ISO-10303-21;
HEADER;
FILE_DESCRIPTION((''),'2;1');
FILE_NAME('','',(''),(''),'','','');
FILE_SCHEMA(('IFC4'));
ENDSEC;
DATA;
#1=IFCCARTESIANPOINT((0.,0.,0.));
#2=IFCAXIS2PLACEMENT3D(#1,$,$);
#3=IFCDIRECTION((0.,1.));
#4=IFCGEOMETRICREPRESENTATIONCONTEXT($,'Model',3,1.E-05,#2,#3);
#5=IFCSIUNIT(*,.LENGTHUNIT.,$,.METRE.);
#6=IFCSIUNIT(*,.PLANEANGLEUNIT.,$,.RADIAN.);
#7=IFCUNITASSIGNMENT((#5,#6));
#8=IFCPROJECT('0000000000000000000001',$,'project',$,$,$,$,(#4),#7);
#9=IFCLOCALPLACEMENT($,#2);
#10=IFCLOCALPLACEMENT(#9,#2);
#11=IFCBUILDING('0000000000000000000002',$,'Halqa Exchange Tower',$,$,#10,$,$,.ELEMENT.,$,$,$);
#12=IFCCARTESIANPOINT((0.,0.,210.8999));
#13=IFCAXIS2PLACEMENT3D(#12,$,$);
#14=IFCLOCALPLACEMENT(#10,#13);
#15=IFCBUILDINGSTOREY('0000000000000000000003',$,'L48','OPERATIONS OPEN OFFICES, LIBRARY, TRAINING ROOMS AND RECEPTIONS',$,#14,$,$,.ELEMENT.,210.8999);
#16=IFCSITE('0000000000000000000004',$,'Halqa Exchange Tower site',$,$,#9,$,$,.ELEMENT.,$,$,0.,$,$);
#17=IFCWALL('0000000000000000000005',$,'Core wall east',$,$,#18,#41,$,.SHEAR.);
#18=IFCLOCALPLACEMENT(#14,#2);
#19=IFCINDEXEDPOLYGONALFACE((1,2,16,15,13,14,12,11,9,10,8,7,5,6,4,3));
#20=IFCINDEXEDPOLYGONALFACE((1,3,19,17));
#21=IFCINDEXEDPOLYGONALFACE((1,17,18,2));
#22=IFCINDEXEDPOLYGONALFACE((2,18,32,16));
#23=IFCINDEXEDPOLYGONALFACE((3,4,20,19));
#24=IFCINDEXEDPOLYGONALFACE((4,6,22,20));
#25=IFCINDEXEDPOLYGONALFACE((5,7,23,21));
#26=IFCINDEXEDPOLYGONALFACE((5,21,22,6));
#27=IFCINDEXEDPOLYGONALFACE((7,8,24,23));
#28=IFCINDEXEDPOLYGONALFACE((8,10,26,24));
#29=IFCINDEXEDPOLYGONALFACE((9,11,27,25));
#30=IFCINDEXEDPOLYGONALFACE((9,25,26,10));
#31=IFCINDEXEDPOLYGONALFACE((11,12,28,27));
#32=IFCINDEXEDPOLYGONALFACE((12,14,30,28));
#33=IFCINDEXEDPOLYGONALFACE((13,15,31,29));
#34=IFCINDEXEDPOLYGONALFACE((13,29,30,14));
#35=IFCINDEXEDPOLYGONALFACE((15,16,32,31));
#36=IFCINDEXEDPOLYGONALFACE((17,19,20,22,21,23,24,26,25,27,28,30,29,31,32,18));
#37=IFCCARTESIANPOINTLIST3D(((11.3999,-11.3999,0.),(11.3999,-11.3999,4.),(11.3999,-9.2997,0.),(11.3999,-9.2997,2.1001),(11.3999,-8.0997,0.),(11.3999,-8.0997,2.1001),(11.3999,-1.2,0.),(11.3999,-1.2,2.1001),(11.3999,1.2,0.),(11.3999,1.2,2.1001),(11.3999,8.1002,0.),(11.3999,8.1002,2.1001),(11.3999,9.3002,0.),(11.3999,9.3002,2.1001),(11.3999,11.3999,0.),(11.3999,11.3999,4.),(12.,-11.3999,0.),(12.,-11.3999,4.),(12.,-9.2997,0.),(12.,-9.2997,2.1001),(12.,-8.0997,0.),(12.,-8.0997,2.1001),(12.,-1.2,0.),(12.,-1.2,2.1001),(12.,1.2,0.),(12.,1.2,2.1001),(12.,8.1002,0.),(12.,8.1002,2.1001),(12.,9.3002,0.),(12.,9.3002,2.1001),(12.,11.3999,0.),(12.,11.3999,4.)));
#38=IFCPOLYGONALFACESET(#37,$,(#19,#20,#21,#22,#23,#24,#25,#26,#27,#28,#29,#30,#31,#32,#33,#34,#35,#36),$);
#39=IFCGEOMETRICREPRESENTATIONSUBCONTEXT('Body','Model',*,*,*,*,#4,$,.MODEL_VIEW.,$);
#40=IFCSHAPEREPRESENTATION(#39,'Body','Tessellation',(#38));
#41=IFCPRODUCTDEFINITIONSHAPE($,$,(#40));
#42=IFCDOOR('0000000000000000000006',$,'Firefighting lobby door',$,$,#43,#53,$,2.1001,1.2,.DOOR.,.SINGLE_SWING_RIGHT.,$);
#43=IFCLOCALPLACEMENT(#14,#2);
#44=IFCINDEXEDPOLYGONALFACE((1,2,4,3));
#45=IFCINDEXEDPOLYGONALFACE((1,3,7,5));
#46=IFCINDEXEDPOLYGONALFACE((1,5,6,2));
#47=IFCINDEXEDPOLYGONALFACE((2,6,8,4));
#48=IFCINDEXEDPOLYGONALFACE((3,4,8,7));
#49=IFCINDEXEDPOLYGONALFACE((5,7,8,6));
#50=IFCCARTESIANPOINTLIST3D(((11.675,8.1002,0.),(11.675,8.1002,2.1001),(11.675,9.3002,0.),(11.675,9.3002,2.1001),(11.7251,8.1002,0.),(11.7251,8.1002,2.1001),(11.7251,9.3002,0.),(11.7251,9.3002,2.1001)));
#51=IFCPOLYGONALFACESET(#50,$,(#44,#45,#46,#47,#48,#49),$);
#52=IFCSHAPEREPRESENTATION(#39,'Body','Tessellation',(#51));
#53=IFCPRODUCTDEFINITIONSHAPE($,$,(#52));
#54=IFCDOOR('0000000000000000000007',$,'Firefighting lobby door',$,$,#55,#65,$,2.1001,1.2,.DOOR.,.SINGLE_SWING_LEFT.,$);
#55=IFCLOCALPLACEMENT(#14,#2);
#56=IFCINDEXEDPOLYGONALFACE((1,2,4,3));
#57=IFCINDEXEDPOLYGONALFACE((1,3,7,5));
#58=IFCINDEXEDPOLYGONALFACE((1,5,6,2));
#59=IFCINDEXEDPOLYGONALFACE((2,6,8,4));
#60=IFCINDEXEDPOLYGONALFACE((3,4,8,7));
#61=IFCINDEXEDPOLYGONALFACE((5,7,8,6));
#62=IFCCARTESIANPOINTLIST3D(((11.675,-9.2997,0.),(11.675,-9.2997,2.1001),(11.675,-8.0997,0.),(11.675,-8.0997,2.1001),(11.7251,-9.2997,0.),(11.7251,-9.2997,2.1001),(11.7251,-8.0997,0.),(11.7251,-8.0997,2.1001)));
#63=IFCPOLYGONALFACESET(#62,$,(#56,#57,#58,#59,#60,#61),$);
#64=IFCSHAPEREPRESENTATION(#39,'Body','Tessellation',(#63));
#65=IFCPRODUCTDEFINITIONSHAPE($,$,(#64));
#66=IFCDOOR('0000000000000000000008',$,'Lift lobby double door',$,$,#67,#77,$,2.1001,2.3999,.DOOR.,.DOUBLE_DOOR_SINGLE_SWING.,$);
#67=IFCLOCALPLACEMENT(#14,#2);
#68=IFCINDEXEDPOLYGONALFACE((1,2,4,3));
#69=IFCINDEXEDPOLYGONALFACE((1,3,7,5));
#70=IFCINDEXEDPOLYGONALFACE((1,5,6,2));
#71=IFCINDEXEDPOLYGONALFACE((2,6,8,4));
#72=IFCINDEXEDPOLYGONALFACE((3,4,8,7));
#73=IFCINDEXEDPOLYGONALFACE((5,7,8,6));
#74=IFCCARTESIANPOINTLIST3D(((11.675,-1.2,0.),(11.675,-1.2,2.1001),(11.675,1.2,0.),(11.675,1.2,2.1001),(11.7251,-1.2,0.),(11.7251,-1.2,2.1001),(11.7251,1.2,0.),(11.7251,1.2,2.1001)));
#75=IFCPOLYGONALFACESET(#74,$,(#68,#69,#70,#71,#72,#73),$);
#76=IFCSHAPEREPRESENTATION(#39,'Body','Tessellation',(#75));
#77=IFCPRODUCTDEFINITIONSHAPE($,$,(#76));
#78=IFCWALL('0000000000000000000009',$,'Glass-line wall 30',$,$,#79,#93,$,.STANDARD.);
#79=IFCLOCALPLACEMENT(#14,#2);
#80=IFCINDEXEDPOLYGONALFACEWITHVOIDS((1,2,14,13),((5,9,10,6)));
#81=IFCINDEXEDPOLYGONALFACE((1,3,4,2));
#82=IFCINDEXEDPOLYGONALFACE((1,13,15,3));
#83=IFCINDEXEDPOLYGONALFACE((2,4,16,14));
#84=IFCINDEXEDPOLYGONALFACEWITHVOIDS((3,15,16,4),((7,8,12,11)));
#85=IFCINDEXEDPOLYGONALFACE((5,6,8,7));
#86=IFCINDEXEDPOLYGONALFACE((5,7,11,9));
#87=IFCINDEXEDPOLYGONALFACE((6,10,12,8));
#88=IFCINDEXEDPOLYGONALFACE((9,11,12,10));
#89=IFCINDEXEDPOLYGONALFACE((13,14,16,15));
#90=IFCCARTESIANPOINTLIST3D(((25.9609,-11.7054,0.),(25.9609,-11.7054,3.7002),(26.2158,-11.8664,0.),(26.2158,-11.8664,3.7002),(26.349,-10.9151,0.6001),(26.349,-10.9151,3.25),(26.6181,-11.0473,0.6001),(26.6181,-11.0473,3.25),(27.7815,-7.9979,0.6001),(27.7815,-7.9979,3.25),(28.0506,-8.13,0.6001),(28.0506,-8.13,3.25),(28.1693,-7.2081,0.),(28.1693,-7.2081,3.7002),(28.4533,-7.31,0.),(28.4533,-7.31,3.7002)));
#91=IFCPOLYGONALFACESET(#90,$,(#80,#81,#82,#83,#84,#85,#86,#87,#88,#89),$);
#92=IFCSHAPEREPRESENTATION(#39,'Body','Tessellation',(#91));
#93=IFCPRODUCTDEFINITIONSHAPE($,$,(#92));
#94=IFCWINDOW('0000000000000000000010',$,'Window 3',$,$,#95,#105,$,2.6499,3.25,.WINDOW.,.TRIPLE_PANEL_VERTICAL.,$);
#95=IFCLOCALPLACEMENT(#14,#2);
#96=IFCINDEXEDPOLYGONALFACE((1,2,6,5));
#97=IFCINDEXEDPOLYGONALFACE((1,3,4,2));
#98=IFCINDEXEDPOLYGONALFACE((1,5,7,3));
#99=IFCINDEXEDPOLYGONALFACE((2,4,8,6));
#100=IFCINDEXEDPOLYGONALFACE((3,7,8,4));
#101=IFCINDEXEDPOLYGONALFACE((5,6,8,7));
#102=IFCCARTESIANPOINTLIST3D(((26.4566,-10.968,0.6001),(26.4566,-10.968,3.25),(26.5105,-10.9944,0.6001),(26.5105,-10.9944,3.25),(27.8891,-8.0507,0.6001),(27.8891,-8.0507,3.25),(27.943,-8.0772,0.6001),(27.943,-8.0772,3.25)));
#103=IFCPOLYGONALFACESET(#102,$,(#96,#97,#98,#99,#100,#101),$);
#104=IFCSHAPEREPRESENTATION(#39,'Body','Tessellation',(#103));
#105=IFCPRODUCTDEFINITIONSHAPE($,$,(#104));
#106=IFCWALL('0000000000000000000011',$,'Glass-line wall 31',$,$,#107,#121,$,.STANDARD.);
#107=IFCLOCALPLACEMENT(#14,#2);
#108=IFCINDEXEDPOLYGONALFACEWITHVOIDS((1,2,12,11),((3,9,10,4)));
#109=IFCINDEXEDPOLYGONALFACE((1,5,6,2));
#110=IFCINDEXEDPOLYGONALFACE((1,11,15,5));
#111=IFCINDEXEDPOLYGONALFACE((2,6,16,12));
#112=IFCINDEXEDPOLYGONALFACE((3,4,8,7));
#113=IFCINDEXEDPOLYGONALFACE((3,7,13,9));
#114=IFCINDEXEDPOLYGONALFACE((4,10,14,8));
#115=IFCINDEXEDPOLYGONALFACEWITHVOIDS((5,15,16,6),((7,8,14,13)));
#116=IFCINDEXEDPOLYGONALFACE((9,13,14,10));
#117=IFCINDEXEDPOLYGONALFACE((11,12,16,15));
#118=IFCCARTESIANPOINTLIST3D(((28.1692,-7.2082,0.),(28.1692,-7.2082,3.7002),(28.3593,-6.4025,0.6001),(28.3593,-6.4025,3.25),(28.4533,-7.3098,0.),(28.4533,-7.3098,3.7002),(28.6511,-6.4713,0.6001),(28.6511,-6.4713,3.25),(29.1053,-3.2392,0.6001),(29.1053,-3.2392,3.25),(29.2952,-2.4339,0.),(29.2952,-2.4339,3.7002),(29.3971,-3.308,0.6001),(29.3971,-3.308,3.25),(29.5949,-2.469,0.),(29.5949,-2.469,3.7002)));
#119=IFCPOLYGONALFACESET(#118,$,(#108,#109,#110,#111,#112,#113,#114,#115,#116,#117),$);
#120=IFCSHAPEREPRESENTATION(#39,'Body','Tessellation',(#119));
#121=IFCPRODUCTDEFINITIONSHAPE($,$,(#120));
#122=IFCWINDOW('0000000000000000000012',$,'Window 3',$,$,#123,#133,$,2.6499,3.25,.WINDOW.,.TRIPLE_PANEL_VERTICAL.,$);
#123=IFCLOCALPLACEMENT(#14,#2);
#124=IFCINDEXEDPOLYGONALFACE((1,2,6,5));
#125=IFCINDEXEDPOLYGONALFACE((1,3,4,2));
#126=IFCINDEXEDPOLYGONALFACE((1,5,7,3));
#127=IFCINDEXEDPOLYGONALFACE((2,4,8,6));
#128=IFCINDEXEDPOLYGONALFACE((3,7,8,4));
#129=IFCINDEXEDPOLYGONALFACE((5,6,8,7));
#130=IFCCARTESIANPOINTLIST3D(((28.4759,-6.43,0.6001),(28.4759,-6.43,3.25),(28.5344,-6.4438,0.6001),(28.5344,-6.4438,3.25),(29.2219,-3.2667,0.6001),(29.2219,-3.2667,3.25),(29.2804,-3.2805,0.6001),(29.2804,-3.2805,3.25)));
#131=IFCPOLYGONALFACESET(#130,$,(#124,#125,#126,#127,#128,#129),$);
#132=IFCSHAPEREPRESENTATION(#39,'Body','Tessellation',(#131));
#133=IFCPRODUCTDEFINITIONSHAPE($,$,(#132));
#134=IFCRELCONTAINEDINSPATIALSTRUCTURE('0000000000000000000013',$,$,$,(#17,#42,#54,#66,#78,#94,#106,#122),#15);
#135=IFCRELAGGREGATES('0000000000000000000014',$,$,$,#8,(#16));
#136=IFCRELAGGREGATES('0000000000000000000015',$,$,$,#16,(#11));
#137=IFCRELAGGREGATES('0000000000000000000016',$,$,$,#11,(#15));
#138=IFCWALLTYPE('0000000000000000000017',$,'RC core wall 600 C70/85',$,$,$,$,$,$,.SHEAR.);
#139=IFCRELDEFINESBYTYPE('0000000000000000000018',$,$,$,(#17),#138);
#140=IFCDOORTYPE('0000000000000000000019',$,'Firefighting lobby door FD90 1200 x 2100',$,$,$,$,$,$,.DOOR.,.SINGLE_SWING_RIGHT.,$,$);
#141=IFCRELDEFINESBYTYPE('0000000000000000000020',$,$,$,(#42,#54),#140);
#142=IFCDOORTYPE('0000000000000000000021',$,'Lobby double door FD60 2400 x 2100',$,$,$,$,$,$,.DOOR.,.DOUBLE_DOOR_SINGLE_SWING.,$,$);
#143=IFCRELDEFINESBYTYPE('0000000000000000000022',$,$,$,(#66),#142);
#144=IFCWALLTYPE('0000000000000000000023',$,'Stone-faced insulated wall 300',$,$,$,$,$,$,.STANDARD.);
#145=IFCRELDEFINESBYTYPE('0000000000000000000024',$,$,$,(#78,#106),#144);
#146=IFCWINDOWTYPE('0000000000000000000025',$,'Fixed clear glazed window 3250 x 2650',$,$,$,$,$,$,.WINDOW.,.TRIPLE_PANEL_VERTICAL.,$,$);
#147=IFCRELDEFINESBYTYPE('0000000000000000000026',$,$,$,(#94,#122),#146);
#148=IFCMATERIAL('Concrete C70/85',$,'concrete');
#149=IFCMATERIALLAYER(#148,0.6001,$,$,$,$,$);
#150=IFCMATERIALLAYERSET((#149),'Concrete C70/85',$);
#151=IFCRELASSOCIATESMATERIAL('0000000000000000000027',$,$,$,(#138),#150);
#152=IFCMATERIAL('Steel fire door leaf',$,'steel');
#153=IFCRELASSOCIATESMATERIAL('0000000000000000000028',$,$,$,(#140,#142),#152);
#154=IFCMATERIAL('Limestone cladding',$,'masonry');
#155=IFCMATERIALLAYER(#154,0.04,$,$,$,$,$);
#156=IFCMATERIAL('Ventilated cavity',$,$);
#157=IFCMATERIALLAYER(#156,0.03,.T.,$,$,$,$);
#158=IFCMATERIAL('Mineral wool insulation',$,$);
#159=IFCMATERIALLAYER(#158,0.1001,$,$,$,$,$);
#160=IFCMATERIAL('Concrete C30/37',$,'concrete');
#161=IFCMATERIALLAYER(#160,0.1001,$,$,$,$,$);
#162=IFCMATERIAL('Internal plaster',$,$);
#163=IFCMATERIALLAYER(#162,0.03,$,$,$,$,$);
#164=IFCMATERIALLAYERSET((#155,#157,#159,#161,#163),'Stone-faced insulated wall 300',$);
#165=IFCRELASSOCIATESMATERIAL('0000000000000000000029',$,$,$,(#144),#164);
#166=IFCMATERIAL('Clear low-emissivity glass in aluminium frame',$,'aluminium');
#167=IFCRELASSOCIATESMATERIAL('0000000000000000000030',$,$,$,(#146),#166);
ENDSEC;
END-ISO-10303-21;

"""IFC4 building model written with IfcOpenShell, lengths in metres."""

from ifc_helpers import new_model, si_unit, direction, frame, frame_2d, origin, place, context, subcontext, project, spatial, polyline, rectangle, outline, extrude, material, layer, layer_set, type_object, element, fill, save


model = new_model("IFC4")

# Units and contexts
model_context = context("Model", 3, precision=1e-05, world=origin(), true_north=direction((0.0, 1.0)))
body_context = subcontext(model_context, "Body", "Model", "MODEL_VIEW")
ifc_project = project(units=[si_unit("LENGTHUNIT", "METRE"), si_unit("PLANEANGLEUNIT", "RADIAN")], contexts=[model_context])

# Site, building, storey
site_placement = place(None, origin())
site = spatial("IfcSite", under=ifc_project, at=site_placement, Name="Halqa Exchange Tower site", CompositionType="ELEMENT", RefElevation=0.0)
building_placement = place(site_placement, origin())
building = spatial("IfcBuilding", under=site, at=building_placement, Name="Halqa Exchange Tower", CompositionType="ELEMENT")
storey_placement = place(building_placement, frame((0.0, 0.0, 210.8999)))
storey = spatial("IfcBuildingStorey", under=building, at=storey_placement, Name="L48", Description="OPERATIONS OPEN OFFICES, LIBRARY, TRAINING ROOMS AND RECEPTIONS", CompositionType="ELEMENT", Elevation=210.8999)

# Shared definitions
ifc_material_1 = material(Name="Steel fire door leaf", Category="steel")

# Wall, openings, doors
ifc_material_2 = material(Name="Concrete C70/85", Category="concrete")
ifc_layer_1 = layer(ifc_material_2, 0.6001)
ifc_layer_set_1 = layer_set([ifc_layer_1], Name="Concrete C70/85")
wall_type_1 = type_object("IfcWallType", Name="RC core wall 600 C70/85", PredefinedType="SHEAR", material=ifc_layer_set_1)
wall_1_placement = place(storey_placement, frame((11.7, -11.3999, 0.0), z_axis=(0.0, 0.0, 1.0), x_axis=(0.0, 1.0, 0.0)))
wall_1 = element("IfcWall", 1, at=wall_1_placement, inside=storey, type_object=wall_type_1, Name="Core wall east", PredefinedType="SHEAR", context=body_context, shape_type="SweptSolid", body=[
    extrude(rectangle(XDim=22.7998, YDim=0.6001, at=frame_2d((11.3999, 0.0))), origin(), (0.0, 0.0, 1.0), 4.0),
])
opening_1_placement = place(wall_1_placement, frame((10.2, 0.0, 0.0)))
opening_1 = element("IfcOpeningElement", 2, at=opening_1_placement, cuts=wall_1, PredefinedType="OPENING", context=body_context, shape_type="SweptSolid", body=[
    extrude(rectangle(XDim=2.3999, YDim=2.1001, at=frame_2d((1.2, 1.05))), frame((0.0, 0.312, 0.0), z_axis=(0.0, -1.0, 0.0), x_axis=(1.0, 0.0, 0.0)), (0.0, 0.0, 1.0), 0.624),
])
opening_2_placement = place(wall_1_placement, frame((19.5, 0.0, 0.0)))
opening_2 = element("IfcOpeningElement", 3, at=opening_2_placement, cuts=wall_1, PredefinedType="OPENING", context=body_context, shape_type="SweptSolid", body=[
    extrude(rectangle(XDim=1.2, YDim=2.1001, at=frame_2d((0.6001, 1.05))), frame((0.0, 0.312, 0.0), z_axis=(0.0, -1.0, 0.0), x_axis=(1.0, 0.0, 0.0)), (0.0, 0.0, 1.0), 0.624),
])
opening_3_placement = place(wall_1_placement, frame((2.1001, 0.0, 0.0)))
opening_3 = element("IfcOpeningElement", 4, at=opening_3_placement, cuts=wall_1, PredefinedType="OPENING", context=body_context, shape_type="SweptSolid", body=[
    extrude(rectangle(XDim=1.2, YDim=2.1001, at=frame_2d((0.6001, 1.05))), frame((0.0, 0.312, 0.0), z_axis=(0.0, -1.0, 0.0), x_axis=(1.0, 0.0, 0.0)), (0.0, 0.0, 1.0), 0.624),
])
door_type_1 = type_object("IfcDoorType", Name="Firefighting lobby door FD90 1200 x 2100", OperationType="SINGLE_SWING_RIGHT", PredefinedType="DOOR", material=ifc_material_1)
door_1_placement = place(opening_2_placement, origin())
door_1 = element("IfcDoor", 5, at=door_1_placement, inside=storey, type_object=door_type_1, Name="Firefighting lobby door", OperationType="SINGLE_SWING_RIGHT", OverallHeight=2.1001, OverallWidth=1.2, PredefinedType="DOOR", context=body_context, shape_type="SweptSolid", body=[
    extrude(rectangle(XDim=1.2, YDim=2.1001, at=frame_2d((0.6001, 1.05))), frame((0.0, 0.0249, 0.0), z_axis=(0.0, -1.0, 0.0), x_axis=(1.0, 0.0, 0.0)), (0.0, 0.0, 1.0), 0.05),
])
fill(opening_2, door_1)
door_2_placement = place(opening_3_placement, origin())
door_2 = element("IfcDoor", 6, at=door_2_placement, inside=storey, type_object=door_type_1, Name="Firefighting lobby door", OperationType="SINGLE_SWING_LEFT", OverallHeight=2.1001, OverallWidth=1.2, PredefinedType="DOOR", context=body_context, shape_type="SweptSolid", body=[
    extrude(rectangle(XDim=1.2, YDim=2.1001, at=frame_2d((0.6001, 1.05))), frame((0.0, 0.0249, 0.0), z_axis=(0.0, -1.0, 0.0), x_axis=(1.0, 0.0, 0.0)), (0.0, 0.0, 1.0), 0.05),
])
fill(opening_3, door_2)
door_type_2 = type_object("IfcDoorType", Name="Lobby double door FD60 2400 x 2100", OperationType="DOUBLE_DOOR_SINGLE_SWING", PredefinedType="DOOR", material=ifc_material_1)
door_3_placement = place(opening_1_placement, origin())
door_3 = element("IfcDoor", 7, at=door_3_placement, inside=storey, type_object=door_type_2, Name="Lift lobby double door", OperationType="DOUBLE_DOOR_SINGLE_SWING", OverallHeight=2.1001, OverallWidth=2.3999, PredefinedType="DOOR", context=body_context, shape_type="SweptSolid", body=[
    extrude(rectangle(XDim=2.3999, YDim=2.1001, at=frame_2d((1.2, 1.05))), frame((0.0, 0.0249, 0.0), z_axis=(0.0, -1.0, 0.0), x_axis=(1.0, 0.0, 0.0)), (0.0, 0.0, 1.0), 0.05),
])
fill(opening_1, door_3)

# Walls, openings, windows
ifc_material_3 = material(Name="Limestone cladding", Category="masonry")
ifc_layer_2 = layer(ifc_material_3, 0.04)
ifc_material_4 = material(Name="Ventilated cavity")
ifc_layer_3 = layer(ifc_material_4, 0.03, ventilated=True)
ifc_material_5 = material(Name="Mineral wool insulation")
ifc_layer_4 = layer(ifc_material_5, 0.1001)
ifc_material_6 = material(Name="Concrete C30/37", Category="concrete")
ifc_layer_5 = layer(ifc_material_6, 0.1001)
ifc_material_7 = material(Name="Internal plaster")
ifc_layer_6 = layer(ifc_material_7, 0.03)
ifc_layer_set_2 = layer_set([ifc_layer_2, ifc_layer_3, ifc_layer_4, ifc_layer_5, ifc_layer_6], Name="Stone-faced insulated wall 300")
wall_type_2 = type_object("IfcWallType", Name="Stone-faced insulated wall 300", PredefinedType="STANDARD", material=ifc_layer_set_2)
wall_2_placement = place(storey_placement, frame((26.0884, -11.7859, 0.0), z_axis=(0.0, 0.0, 1.0), x_axis=(0.440773, 0.897619, 0.0)))
wall_2 = element("IfcWall", 8, at=wall_2_placement, inside=storey, type_object=wall_type_2, Name="Glass-line wall 30", PredefinedType="STANDARD", context=body_context, shape_type="SweptSolid", body=[
    extrude(outline(polyline([(-0.0161, -0.1499), (5.0601, -0.1499), (5.0264, 0.1499), (0.0161, 0.1499), (-0.0161, -0.1499)])), origin(), (0.0, 0.0, 1.0), 3.7002),
])
opening_4_placement = place(wall_2_placement, frame((0.8965, 0.0, 0.6001)))
opening_4 = element("IfcOpeningElement", 9, at=opening_4_placement, cuts=wall_2, PredefinedType="OPENING", context=body_context, shape_type="SweptSolid", body=[
    extrude(rectangle(XDim=3.25, YDim=2.6499, at=frame_2d((1.625, 1.325))), frame((0.0, 0.1621, 0.0), z_axis=(0.0, -1.0, 0.0), x_axis=(1.0, 0.0, 0.0)), (0.0, 0.0, 1.0), 0.324),
])
ifc_material_8 = material(Name="Clear low-emissivity glass in aluminium frame", Category="aluminium")
window_type = type_object("IfcWindowType", Name="Fixed clear glazed window 3250 x 2650", PartitioningType="TRIPLE_PANEL_VERTICAL", PredefinedType="WINDOW", material=ifc_material_8)
window_1_placement = place(opening_4_placement, origin())
window_1 = element("IfcWindow", 10, at=window_1_placement, inside=storey, type_object=window_type, Name="Window 3", OverallHeight=2.6499, OverallWidth=3.25, PartitioningType="TRIPLE_PANEL_VERTICAL", PredefinedType="WINDOW", context=body_context, shape_type="SweptSolid", body=[
    extrude(rectangle(XDim=3.25, YDim=2.6499, at=frame_2d((1.625, 1.325))), frame((0.0, 0.03, 0.0), z_axis=(0.0, -1.0, 0.0), x_axis=(1.0, 0.0, 0.0)), (0.0, 0.0, 1.0), 0.0601),
])
fill(opening_4, window_1)
wall_3_placement = place(storey_placement, frame((28.3113, -7.259, 0.0), z_axis=(0.0, 0.0, 1.0), x_axis=(0.229535, 0.9733, 0.0)))
wall_3 = element("IfcWall", 11, at=wall_3_placement, inside=storey, type_object=wall_type_2, Name="Glass-line wall 31", PredefinedType="STANDARD", context=body_context, shape_type="SweptSolid", body=[
    extrude(outline(polyline([(-0.0168, -0.1499), (4.9568, -0.1499), (4.9221, 0.1499), (0.0168, 0.1499), (-0.0168, -0.1499)])), origin(), (0.0, 0.0, 1.0), 3.7002),
])
opening_5_placement = place(wall_3_placement, frame((0.8447, 0.0, 0.6001)))
opening_5 = element("IfcOpeningElement", 12, at=opening_5_placement, cuts=wall_3, PredefinedType="OPENING", context=body_context, shape_type="SweptSolid", body=[
    extrude(rectangle(XDim=3.25, YDim=2.6499, at=frame_2d((1.625, 1.325))), frame((0.0, 0.1621, 0.0), z_axis=(0.0, -1.0, 0.0), x_axis=(1.0, 0.0, 0.0)), (0.0, 0.0, 1.0), 0.324),
])
window_2_placement = place(opening_5_placement, origin())
window_2 = element("IfcWindow", 13, at=window_2_placement, inside=storey, type_object=window_type, Name="Window 3", OverallHeight=2.6499, OverallWidth=3.25, PartitioningType="TRIPLE_PANEL_VERTICAL", PredefinedType="WINDOW", context=body_context, shape_type="SweptSolid", body=[
    extrude(rectangle(XDim=3.25, YDim=2.6499, at=frame_2d((1.625, 1.325))), frame((0.0, 0.03, 0.0), z_axis=(0.0, -1.0, 0.0), x_axis=(1.0, 0.0, 0.0)), (0.0, 0.0, 1.0), 0.0601),
])
fill(opening_5, window_2)

save(model, "model.ifc")
